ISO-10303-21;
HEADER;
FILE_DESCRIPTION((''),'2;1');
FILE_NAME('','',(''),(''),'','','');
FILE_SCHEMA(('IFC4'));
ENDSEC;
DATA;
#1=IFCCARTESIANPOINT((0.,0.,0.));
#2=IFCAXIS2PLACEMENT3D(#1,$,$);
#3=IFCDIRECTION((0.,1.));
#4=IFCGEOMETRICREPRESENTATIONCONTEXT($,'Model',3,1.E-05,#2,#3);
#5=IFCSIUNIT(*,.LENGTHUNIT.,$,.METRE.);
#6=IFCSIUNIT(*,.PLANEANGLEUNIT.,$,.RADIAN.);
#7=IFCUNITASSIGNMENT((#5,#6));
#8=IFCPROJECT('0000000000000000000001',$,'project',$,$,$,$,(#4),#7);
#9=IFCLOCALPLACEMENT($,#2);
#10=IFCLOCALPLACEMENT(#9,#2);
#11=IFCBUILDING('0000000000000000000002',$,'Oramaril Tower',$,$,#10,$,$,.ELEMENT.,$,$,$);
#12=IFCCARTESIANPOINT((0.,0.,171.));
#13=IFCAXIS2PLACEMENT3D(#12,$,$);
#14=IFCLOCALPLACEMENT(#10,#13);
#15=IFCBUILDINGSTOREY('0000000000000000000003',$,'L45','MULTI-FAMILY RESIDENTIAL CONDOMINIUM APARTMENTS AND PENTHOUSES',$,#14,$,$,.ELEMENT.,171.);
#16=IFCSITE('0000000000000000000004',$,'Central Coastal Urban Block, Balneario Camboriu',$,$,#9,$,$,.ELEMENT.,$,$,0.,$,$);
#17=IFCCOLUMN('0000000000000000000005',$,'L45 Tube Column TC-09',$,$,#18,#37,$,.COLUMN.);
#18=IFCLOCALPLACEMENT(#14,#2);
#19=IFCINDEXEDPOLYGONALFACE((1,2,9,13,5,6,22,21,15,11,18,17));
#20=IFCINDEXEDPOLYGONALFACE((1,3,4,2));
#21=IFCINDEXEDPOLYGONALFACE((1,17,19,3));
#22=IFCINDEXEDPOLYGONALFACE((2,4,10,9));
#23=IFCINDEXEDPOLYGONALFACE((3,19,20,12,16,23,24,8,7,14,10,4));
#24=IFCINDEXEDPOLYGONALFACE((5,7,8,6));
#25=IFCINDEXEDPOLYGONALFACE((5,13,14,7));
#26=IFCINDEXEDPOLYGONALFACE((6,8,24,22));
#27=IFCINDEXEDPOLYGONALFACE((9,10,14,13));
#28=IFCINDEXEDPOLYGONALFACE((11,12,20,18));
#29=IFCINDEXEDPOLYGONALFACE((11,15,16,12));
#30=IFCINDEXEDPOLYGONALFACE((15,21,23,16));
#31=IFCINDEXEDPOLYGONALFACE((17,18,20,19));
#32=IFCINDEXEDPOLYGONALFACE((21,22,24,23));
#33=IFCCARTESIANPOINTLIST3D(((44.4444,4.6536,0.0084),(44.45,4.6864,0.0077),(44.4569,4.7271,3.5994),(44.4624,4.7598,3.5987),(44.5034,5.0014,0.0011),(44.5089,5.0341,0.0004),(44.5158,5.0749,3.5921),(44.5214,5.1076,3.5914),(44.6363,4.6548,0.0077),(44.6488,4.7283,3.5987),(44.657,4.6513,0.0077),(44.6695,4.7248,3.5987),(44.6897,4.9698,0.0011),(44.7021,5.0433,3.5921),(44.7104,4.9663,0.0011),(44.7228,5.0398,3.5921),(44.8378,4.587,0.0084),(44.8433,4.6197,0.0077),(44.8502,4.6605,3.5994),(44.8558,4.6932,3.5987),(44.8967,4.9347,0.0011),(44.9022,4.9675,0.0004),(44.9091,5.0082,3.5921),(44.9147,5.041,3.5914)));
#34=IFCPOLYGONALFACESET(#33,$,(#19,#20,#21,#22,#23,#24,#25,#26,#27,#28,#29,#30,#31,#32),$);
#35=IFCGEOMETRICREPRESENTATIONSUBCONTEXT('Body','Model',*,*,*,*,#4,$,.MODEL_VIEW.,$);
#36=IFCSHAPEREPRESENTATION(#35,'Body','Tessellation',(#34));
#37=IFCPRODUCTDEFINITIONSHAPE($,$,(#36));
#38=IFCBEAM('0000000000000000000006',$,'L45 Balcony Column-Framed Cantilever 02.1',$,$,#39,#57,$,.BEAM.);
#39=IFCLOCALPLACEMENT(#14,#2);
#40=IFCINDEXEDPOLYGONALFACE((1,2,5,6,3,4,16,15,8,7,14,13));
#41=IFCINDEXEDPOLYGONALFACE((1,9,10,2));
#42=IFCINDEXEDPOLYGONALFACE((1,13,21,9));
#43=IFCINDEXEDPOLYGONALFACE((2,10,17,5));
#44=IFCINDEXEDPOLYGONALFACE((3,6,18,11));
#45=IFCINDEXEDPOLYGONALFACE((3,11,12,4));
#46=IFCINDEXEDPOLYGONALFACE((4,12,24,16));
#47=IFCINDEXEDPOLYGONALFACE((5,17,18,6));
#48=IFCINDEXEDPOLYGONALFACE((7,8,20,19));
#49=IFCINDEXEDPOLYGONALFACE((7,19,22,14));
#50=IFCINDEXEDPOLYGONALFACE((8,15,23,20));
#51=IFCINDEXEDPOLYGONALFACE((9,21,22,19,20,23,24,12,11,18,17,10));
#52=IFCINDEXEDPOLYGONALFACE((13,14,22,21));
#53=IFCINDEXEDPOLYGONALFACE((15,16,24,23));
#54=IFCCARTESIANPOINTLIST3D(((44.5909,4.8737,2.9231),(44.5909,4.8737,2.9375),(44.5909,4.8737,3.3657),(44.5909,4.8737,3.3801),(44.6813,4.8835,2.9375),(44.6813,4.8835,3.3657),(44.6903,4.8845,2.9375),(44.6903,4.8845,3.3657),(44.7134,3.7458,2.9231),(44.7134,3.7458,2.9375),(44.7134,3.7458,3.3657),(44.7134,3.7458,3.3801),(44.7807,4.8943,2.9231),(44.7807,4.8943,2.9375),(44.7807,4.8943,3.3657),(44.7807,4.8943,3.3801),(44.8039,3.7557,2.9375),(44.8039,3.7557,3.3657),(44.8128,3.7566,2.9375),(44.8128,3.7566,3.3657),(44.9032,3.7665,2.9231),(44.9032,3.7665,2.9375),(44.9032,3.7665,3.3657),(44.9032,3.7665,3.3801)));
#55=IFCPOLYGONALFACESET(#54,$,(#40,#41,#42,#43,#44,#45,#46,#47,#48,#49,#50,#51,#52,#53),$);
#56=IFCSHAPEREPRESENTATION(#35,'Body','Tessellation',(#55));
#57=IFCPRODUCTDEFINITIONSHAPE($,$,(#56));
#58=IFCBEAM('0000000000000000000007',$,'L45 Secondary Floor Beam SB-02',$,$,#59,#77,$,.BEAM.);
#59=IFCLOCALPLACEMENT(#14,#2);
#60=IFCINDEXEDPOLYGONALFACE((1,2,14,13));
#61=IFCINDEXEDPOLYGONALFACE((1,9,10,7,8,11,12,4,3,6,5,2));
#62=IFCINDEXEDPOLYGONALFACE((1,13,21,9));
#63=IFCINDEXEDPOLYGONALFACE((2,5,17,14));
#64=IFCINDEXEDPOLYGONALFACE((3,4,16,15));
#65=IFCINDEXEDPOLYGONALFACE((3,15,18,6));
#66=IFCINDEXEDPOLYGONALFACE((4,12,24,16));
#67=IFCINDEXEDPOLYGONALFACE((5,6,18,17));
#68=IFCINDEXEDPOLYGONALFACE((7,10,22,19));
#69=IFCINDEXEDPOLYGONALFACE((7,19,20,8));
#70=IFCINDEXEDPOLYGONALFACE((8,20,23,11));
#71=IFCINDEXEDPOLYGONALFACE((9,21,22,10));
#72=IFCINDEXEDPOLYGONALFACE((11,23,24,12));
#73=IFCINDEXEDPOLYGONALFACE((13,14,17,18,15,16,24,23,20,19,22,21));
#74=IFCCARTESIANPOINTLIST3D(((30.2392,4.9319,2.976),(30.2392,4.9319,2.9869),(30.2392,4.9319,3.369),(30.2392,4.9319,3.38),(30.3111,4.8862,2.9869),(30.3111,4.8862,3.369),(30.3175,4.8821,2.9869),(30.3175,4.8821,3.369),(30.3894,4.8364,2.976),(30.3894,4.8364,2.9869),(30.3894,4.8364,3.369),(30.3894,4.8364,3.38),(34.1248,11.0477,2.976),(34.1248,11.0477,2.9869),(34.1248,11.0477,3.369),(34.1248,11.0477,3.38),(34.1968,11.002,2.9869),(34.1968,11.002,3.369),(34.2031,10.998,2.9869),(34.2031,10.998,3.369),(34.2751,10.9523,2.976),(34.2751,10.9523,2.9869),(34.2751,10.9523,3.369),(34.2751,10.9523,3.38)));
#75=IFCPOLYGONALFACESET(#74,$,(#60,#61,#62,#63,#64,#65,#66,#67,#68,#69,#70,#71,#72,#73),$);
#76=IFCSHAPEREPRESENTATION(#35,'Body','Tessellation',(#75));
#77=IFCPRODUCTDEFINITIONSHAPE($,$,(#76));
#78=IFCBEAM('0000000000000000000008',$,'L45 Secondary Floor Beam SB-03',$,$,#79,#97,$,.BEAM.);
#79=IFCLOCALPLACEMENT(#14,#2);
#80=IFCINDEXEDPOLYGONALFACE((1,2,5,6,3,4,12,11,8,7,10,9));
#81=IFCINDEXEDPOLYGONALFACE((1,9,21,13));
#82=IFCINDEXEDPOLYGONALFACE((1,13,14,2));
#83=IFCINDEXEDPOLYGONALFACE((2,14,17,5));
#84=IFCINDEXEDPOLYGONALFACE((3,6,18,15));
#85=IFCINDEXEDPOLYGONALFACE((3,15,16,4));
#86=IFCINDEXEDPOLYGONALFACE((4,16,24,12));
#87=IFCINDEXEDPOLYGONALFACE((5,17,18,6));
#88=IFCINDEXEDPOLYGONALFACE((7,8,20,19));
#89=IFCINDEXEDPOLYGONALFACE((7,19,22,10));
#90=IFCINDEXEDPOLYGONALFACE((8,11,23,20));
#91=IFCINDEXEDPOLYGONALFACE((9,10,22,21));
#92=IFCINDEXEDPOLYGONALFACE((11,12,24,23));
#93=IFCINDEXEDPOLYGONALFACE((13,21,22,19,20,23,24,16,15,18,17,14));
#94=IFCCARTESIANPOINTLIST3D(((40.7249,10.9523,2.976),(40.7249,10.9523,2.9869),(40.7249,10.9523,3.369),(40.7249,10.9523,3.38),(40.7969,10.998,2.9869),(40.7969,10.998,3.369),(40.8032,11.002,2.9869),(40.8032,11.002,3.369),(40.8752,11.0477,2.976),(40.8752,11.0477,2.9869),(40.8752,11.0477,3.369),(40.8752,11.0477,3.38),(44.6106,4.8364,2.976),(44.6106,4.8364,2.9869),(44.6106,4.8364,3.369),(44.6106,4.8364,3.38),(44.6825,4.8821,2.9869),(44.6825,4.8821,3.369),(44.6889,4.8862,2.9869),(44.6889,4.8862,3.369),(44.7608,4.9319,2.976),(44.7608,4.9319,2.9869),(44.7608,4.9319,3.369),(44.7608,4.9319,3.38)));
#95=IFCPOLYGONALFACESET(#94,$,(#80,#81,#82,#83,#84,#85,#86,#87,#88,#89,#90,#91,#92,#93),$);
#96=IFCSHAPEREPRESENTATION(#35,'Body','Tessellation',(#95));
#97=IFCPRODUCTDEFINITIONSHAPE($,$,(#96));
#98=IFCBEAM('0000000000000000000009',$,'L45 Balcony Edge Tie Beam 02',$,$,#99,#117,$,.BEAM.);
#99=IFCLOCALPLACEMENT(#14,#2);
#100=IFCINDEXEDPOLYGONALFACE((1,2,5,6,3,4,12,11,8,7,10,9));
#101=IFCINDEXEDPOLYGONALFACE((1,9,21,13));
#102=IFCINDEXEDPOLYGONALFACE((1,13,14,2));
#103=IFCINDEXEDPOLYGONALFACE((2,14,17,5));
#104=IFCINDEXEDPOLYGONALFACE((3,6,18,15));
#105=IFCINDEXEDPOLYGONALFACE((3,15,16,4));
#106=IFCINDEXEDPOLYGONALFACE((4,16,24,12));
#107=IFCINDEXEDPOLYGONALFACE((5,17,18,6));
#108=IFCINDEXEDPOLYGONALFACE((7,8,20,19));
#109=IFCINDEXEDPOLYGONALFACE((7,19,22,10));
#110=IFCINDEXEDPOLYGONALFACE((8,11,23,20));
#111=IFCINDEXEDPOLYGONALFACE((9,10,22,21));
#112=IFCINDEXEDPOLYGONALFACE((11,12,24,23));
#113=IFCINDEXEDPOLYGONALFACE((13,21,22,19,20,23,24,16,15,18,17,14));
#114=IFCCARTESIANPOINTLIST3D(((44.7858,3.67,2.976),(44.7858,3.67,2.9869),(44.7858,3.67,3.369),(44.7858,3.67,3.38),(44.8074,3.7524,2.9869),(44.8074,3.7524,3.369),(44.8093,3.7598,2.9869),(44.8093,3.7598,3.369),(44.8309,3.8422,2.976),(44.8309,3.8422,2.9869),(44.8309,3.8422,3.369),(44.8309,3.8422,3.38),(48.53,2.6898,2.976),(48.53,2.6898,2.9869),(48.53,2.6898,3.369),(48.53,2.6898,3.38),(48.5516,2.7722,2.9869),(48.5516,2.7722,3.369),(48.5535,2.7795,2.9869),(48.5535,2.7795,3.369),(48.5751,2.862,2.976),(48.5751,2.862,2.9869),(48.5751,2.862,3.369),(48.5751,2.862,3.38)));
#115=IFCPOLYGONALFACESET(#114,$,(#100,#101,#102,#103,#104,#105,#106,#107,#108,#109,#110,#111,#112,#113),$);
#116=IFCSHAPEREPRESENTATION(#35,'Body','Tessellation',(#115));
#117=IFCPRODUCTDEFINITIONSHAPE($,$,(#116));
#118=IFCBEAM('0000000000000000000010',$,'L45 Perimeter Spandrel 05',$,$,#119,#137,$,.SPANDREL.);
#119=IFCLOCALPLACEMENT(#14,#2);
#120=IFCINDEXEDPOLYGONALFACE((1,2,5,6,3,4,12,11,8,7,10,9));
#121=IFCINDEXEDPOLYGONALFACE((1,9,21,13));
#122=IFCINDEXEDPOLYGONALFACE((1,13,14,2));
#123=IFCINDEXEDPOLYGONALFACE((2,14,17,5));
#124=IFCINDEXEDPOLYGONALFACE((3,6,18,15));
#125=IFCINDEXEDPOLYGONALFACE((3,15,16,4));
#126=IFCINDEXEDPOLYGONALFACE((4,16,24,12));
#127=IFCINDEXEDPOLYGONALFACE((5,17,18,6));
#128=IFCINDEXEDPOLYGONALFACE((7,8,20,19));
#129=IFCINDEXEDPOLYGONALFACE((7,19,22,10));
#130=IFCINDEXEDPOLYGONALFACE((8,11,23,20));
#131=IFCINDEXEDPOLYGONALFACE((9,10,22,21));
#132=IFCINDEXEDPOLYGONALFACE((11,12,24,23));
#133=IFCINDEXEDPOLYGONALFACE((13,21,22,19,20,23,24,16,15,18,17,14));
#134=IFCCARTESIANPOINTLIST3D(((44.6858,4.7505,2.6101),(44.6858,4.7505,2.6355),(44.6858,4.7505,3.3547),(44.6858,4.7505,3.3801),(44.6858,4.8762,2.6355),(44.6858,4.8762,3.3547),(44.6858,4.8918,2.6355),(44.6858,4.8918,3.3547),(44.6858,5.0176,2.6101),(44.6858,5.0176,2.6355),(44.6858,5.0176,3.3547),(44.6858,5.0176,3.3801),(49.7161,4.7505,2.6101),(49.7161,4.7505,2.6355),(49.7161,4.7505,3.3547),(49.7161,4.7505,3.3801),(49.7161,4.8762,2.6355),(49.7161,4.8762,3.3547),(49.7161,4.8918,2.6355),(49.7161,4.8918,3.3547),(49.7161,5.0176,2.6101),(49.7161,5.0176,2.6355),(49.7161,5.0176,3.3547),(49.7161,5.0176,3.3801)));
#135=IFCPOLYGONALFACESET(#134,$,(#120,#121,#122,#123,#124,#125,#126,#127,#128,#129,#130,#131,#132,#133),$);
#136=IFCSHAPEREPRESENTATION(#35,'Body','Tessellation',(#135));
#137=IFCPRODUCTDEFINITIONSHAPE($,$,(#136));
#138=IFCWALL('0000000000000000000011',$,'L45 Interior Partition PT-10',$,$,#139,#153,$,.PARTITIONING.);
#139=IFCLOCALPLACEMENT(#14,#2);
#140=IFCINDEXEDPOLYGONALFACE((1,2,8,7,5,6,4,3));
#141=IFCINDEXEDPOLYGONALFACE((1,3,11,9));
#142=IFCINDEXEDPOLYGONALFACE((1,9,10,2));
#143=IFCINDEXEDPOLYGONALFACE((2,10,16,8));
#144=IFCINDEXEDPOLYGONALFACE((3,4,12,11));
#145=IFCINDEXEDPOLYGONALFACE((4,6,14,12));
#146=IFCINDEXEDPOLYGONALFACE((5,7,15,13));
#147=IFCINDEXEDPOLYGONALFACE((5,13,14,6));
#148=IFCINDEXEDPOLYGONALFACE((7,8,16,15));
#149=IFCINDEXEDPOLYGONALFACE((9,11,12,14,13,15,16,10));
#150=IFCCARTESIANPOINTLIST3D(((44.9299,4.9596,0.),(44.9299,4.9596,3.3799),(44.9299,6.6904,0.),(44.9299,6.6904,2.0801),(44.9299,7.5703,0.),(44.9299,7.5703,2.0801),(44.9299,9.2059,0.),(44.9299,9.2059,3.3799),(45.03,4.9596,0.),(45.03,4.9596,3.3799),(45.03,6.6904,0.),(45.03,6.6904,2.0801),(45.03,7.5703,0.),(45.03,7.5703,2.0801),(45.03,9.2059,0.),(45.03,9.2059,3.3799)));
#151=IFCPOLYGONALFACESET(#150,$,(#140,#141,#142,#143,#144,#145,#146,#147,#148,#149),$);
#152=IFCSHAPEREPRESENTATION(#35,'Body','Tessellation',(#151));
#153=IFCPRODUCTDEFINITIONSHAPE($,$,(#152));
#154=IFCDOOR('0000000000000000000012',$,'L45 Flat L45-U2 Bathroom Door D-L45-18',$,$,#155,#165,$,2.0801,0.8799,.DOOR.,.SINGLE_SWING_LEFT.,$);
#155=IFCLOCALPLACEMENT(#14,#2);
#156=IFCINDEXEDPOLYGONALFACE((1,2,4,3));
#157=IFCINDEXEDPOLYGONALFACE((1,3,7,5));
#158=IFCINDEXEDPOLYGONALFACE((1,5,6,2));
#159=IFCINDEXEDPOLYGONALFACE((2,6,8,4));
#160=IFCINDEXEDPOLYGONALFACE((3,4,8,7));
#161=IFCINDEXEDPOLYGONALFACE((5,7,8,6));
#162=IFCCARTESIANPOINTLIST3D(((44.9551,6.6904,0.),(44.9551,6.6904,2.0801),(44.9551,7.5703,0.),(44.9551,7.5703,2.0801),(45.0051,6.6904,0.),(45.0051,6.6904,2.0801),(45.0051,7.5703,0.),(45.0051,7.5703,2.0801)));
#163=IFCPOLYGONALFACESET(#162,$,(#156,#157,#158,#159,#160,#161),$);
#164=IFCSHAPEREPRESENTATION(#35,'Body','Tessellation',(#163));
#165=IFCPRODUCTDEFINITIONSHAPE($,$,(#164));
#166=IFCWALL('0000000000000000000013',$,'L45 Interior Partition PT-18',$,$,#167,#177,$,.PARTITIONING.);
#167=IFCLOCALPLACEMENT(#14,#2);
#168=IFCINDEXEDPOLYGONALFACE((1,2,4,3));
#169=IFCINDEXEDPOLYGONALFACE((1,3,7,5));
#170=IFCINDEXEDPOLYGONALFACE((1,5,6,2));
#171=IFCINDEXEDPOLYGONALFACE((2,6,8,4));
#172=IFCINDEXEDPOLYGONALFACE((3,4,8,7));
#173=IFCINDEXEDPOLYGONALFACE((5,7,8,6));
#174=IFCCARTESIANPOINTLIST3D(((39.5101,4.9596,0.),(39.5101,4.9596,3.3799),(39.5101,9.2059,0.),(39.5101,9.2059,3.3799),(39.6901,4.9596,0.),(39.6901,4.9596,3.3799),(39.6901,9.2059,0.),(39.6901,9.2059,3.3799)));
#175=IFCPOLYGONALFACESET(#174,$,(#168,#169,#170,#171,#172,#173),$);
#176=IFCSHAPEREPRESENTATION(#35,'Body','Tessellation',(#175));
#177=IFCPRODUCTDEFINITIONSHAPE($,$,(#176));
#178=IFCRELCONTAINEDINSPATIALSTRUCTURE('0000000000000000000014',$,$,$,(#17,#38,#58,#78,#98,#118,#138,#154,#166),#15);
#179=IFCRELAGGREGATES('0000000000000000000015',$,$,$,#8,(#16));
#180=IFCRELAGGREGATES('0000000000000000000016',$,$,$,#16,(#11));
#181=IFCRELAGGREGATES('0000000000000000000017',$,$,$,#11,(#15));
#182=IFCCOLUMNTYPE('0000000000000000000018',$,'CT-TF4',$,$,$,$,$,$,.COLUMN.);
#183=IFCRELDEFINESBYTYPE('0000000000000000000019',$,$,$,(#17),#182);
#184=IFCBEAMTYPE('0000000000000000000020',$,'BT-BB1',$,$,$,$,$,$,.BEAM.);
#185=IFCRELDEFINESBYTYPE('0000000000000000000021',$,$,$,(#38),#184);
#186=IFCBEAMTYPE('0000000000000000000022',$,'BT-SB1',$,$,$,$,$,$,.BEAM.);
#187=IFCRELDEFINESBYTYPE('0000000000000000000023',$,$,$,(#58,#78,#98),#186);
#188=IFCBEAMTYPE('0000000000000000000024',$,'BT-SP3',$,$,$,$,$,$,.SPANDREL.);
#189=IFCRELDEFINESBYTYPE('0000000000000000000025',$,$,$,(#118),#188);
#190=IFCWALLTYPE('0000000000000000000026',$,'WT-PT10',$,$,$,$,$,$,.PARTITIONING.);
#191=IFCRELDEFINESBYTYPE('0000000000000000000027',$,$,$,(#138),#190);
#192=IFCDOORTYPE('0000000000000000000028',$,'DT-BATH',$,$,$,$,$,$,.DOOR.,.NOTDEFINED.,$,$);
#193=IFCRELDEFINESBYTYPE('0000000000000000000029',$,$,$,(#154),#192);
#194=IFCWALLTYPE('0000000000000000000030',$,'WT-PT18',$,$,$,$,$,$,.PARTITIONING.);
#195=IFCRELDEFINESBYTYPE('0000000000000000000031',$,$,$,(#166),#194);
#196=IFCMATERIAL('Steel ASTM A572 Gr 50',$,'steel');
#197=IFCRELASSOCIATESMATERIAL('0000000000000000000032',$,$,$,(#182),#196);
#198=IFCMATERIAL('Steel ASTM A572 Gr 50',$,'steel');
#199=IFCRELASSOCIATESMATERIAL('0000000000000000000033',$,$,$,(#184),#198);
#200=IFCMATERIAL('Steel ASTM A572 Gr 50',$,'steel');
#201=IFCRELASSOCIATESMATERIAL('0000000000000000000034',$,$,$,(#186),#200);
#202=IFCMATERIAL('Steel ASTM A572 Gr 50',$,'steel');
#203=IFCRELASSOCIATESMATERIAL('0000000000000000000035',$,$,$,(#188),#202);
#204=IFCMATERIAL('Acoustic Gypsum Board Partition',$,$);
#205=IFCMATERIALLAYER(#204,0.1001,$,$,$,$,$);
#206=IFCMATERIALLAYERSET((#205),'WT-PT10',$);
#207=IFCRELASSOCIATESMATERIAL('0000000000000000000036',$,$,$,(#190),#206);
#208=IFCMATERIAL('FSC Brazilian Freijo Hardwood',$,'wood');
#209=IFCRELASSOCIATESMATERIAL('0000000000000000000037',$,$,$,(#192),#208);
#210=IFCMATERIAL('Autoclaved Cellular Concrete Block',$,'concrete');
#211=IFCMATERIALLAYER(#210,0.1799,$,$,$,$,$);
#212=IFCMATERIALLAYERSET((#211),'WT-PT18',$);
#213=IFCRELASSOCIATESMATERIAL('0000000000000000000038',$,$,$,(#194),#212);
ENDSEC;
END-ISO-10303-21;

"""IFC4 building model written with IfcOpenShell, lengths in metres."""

from ifc_helpers import new_model, si_unit, direction, frame, frame_2d, origin, origin_2d, place, context, subcontext, project, spatial, rectangle, i_section, extrude, material, layer, layer_set, material_profile, profile_set, type_object, element, fill, save


model = new_model("IFC4")

# Units and contexts
model_context = context("Model", 3, precision=1e-05, world=origin(), true_north=direction((0.0, 1.0)))
body_context = subcontext(model_context, "Body", "Model", "MODEL_VIEW")
ifc_project = project(units=[si_unit("LENGTHUNIT", "METRE"), si_unit("PLANEANGLEUNIT", "RADIAN")], contexts=[model_context])

# Site, building, storey
site_placement = place(None, origin())
site = spatial("IfcSite", under=ifc_project, at=site_placement, Name="Central Coastal Urban Block, Balneario Camboriu", CompositionType="ELEMENT", RefElevation=0.0)
building_placement = place(site_placement, origin())
building = spatial("IfcBuilding", under=site, at=building_placement, Name="Oramaril Tower", CompositionType="ELEMENT")
storey_placement = place(building_placement, frame((0.0, 0.0, 171.0)))
storey = spatial("IfcBuildingStorey", under=building, at=storey_placement, Name="L45", Description="MULTI-FAMILY RESIDENTIAL CONDOMINIUM APARTMENTS AND PENTHOUSES", CompositionType="ELEMENT", Elevation=171.0)

# Column
ifc_material_1 = material(Name="Steel ASTM A572 Gr 50", Category="steel")
ifc_material_profile_1 = material_profile(ifc_material_1, i_section(OverallWidth=0.3989, OverallDepth=0.386, WebThickness=0.021, FlangeThickness=0.0332, at=origin_2d()), Name="W14X176")
ifc_profile_set_1 = profile_set([ifc_material_profile_1], Name="Steel ASTM A572 Gr 50")
column_type = type_object("IfcColumnType", Name="CT-TF4", PredefinedType="COLUMN", material=ifc_profile_set_1)
column_placement = place(storey_placement, frame((44.6733, 4.8105, 0.0044), z_axis=(0.003467, 0.020459, 0.999785), x_axis=(-0.985948, 0.167054, 0.0)))
element("IfcColumn", 1, at=column_placement, inside=storey, type_object=column_type, Name="L45 Tube Column TC-09", PredefinedType="COLUMN", context=body_context, shape_type="SweptSolid", body=[
    extrude(i_section(OverallWidth=0.3989, OverallDepth=0.386, WebThickness=0.021, FlangeThickness=0.0332, at=origin_2d()), origin(), (0.0, 0.0, 1.0), 3.5918),
])

# Beams
ifc_material_2 = material(Name="Steel ASTM A572 Gr 50", Category="steel")
ifc_material_profile_2 = material_profile(ifc_material_2, i_section(OverallWidth=0.1909, OverallDepth=0.457, WebThickness=0.009, FlangeThickness=0.0144, at=origin_2d()), Name="W18X50")
ifc_profile_set_2 = profile_set([ifc_material_profile_2], Name="Steel ASTM A572 Gr 50")
beam_type_1 = type_object("IfcBeamType", Name="BT-BB1", PredefinedType="BEAM", material=ifc_profile_set_2)
beam_1_placement = place(storey_placement, frame((44.6858, 4.884, 3.1516), z_axis=(0.108022, -0.994148, 0.0), x_axis=(0.994148, 0.108022, 0.0)))
element("IfcBeam", 2, at=beam_1_placement, inside=storey, type_object=beam_type_1, Name="L45 Balcony Column-Framed Cantilever 02.1", PredefinedType="BEAM", context=body_context, shape_type="SweptSolid", body=[
    extrude(i_section(OverallWidth=0.1909, OverallDepth=0.457, WebThickness=0.009, FlangeThickness=0.0144, at=origin_2d()), origin(), (0.0, 0.0, 1.0), 1.1345),
])
ifc_material_3 = material(Name="Steel ASTM A572 Gr 50", Category="steel")
ifc_material_profile_3 = material_profile(ifc_material_3, i_section(OverallWidth=0.178, OverallDepth=0.4041, WebThickness=0.0076, FlangeThickness=0.011, at=origin_2d()), Name="W16X36")
ifc_profile_set_3 = profile_set([ifc_material_profile_3], Name="Steel ASTM A572 Gr 50")
beam_type_2 = type_object("IfcBeamType", Name="BT-SB1", PredefinedType="BEAM", material=ifc_profile_set_3)
for number, where, z_axis, x_axis, name in (
    (3, (34.2, 11.0, 3.178), (-0.536263, -0.844051, 0.0), (0.844051, -0.536263, 0.0), "L45 Secondary Floor Beam SB-02"),
    (4, (40.8, 11.0, 3.178), (0.536263, -0.844051, 0.0), (0.844051, 0.536263, 0.0), "L45 Secondary Floor Beam SB-03"),
):
    element("IfcBeam", number, at=place(storey_placement, frame(where, z_axis=z_axis, x_axis=x_axis)), inside=storey, type_object=beam_type_2, Name=name, PredefinedType="BEAM", context=body_context, shape_type="SweptSolid", body=[
        extrude(i_section(OverallWidth=0.178, OverallDepth=0.4041, WebThickness=0.0076, FlangeThickness=0.011, at=origin_2d()), origin(), (0.0, 0.0, 1.0), 7.2458),
    ])
beam_2_placement = place(storey_placement, frame((44.8083, 3.7561, 3.178), z_axis=(0.967397, -0.253267, 0.0), x_axis=(0.253267, 0.967397, 0.0)))
element("IfcBeam", 5, at=beam_2_placement, inside=storey, type_object=beam_type_2, Name="L45 Balcony Edge Tie Beam 02", PredefinedType="BEAM", context=body_context, shape_type="SweptSolid", body=[
    extrude(i_section(OverallWidth=0.178, OverallDepth=0.4041, WebThickness=0.0076, FlangeThickness=0.011, at=origin_2d()), origin(), (0.0, 0.0, 1.0), 3.8704),
])
ifc_material_4 = material(Name="Steel ASTM A572 Gr 50", Category="steel")
ifc_material_profile_4 = material_profile(ifc_material_4, i_section(OverallWidth=0.2671, OverallDepth=0.77, WebThickness=0.0156, FlangeThickness=0.0254, at=origin_2d()), Name="W30X132")
ifc_profile_set_4 = profile_set([ifc_material_profile_4], Name="Steel ASTM A572 Gr 50")
beam_type_3 = type_object("IfcBeamType", Name="BT-SP3", PredefinedType="SPANDREL", material=ifc_profile_set_4)
beam_3_placement = place(storey_placement, frame((44.6858, 4.884, 2.9951), z_axis=(1.0, 0.0, 0.0), x_axis=(0.0, 1.0, 0.0)))
element("IfcBeam", 6, at=beam_3_placement, inside=storey, type_object=beam_type_3, Name="L45 Perimeter Spandrel 05", PredefinedType="SPANDREL", context=body_context, shape_type="SweptSolid", body=[
    extrude(i_section(OverallWidth=0.2671, OverallDepth=0.77, WebThickness=0.0156, FlangeThickness=0.0254, at=origin_2d()), origin(), (0.0, 0.0, 1.0), 5.0303),
])

# Wall, opening, door
ifc_material_5 = material(Name="Acoustic Gypsum Board Partition")
ifc_layer_1 = layer(ifc_material_5, 0.1001)
ifc_layer_set_1 = layer_set([ifc_layer_1], Name="WT-PT10")
wall_type_1 = type_object("IfcWallType", Name="WT-PT10", PredefinedType="PARTITIONING", material=ifc_layer_set_1)
wall_1_placement = place(storey_placement, frame((44.98, 4.9597, 0.0), z_axis=(0.0, 0.0, 1.0), x_axis=(0.0, 1.0, 0.0)))
wall_1 = element("IfcWall", 7, at=wall_1_placement, inside=storey, type_object=wall_type_1, Name="L45 Interior Partition PT-10", PredefinedType="PARTITIONING", context=body_context, shape_type="SweptSolid", body=[
    extrude(rectangle(XDim=4.2463, YDim=0.1001, at=frame_2d((2.123, 0.0))), origin(), (0.0, 0.0, 1.0), 3.3799),
])
opening_placement = place(wall_1_placement, frame((1.7307, 0.0, 0.0)))
opening = element("IfcOpeningElement", 8, at=opening_placement, cuts=wall_1, PredefinedType="OPENING", context=body_context, shape_type="SweptSolid", body=[
    extrude(rectangle(XDim=0.8799, YDim=2.0801, at=frame_2d((0.4399, 1.04))), frame((0.0, 0.05, 0.0), z_axis=(0.0, -1.0, 0.0), x_axis=(1.0, 0.0, 0.0)), (0.0, 0.0, 1.0), 0.1001),
])
ifc_material_6 = material(Name="FSC Brazilian Freijo Hardwood", Category="wood")
door_type = type_object("IfcDoorType", Name="DT-BATH", OperationType="NOTDEFINED", PredefinedType="DOOR", material=ifc_material_6)
door_placement = place(opening_placement, origin())
door = element("IfcDoor", 9, at=door_placement, inside=storey, type_object=door_type, Name="L45 Flat L45-U2 Bathroom Door D-L45-18", OperationType="SINGLE_SWING_LEFT", OverallHeight=2.0801, OverallWidth=0.8799, PredefinedType="DOOR", context=body_context, shape_type="SweptSolid", body=[
    extrude(rectangle(XDim=0.8799, YDim=2.0801, at=frame_2d((0.4399, 1.04))), frame((0.0, 0.0249, 0.0), z_axis=(0.0, -1.0, 0.0), x_axis=(1.0, 0.0, 0.0)), (0.0, 0.0, 1.0), 0.05),
])
fill(opening, door)

# Wall
ifc_material_7 = material(Name="Autoclaved Cellular Concrete Block", Category="concrete")
ifc_layer_2 = layer(ifc_material_7, 0.1799)
ifc_layer_set_2 = layer_set([ifc_layer_2], Name="WT-PT18")
wall_type_2 = type_object("IfcWallType", Name="WT-PT18", PredefinedType="PARTITIONING", material=ifc_layer_set_2)
wall_2_placement = place(storey_placement, frame((39.6001, 4.9597, 0.0), z_axis=(0.0, 0.0, 1.0), x_axis=(0.0, 1.0, 0.0)))
element("IfcWall", 10, at=wall_2_placement, inside=storey, type_object=wall_type_2, Name="L45 Interior Partition PT-18", PredefinedType="PARTITIONING", context=body_context, shape_type="SweptSolid", body=[
    extrude(rectangle(XDim=4.2463, YDim=0.1799, at=frame_2d((2.123, 0.0))), origin(), (0.0, 0.0, 1.0), 3.3799),
])

save(model, "model.ifc")
